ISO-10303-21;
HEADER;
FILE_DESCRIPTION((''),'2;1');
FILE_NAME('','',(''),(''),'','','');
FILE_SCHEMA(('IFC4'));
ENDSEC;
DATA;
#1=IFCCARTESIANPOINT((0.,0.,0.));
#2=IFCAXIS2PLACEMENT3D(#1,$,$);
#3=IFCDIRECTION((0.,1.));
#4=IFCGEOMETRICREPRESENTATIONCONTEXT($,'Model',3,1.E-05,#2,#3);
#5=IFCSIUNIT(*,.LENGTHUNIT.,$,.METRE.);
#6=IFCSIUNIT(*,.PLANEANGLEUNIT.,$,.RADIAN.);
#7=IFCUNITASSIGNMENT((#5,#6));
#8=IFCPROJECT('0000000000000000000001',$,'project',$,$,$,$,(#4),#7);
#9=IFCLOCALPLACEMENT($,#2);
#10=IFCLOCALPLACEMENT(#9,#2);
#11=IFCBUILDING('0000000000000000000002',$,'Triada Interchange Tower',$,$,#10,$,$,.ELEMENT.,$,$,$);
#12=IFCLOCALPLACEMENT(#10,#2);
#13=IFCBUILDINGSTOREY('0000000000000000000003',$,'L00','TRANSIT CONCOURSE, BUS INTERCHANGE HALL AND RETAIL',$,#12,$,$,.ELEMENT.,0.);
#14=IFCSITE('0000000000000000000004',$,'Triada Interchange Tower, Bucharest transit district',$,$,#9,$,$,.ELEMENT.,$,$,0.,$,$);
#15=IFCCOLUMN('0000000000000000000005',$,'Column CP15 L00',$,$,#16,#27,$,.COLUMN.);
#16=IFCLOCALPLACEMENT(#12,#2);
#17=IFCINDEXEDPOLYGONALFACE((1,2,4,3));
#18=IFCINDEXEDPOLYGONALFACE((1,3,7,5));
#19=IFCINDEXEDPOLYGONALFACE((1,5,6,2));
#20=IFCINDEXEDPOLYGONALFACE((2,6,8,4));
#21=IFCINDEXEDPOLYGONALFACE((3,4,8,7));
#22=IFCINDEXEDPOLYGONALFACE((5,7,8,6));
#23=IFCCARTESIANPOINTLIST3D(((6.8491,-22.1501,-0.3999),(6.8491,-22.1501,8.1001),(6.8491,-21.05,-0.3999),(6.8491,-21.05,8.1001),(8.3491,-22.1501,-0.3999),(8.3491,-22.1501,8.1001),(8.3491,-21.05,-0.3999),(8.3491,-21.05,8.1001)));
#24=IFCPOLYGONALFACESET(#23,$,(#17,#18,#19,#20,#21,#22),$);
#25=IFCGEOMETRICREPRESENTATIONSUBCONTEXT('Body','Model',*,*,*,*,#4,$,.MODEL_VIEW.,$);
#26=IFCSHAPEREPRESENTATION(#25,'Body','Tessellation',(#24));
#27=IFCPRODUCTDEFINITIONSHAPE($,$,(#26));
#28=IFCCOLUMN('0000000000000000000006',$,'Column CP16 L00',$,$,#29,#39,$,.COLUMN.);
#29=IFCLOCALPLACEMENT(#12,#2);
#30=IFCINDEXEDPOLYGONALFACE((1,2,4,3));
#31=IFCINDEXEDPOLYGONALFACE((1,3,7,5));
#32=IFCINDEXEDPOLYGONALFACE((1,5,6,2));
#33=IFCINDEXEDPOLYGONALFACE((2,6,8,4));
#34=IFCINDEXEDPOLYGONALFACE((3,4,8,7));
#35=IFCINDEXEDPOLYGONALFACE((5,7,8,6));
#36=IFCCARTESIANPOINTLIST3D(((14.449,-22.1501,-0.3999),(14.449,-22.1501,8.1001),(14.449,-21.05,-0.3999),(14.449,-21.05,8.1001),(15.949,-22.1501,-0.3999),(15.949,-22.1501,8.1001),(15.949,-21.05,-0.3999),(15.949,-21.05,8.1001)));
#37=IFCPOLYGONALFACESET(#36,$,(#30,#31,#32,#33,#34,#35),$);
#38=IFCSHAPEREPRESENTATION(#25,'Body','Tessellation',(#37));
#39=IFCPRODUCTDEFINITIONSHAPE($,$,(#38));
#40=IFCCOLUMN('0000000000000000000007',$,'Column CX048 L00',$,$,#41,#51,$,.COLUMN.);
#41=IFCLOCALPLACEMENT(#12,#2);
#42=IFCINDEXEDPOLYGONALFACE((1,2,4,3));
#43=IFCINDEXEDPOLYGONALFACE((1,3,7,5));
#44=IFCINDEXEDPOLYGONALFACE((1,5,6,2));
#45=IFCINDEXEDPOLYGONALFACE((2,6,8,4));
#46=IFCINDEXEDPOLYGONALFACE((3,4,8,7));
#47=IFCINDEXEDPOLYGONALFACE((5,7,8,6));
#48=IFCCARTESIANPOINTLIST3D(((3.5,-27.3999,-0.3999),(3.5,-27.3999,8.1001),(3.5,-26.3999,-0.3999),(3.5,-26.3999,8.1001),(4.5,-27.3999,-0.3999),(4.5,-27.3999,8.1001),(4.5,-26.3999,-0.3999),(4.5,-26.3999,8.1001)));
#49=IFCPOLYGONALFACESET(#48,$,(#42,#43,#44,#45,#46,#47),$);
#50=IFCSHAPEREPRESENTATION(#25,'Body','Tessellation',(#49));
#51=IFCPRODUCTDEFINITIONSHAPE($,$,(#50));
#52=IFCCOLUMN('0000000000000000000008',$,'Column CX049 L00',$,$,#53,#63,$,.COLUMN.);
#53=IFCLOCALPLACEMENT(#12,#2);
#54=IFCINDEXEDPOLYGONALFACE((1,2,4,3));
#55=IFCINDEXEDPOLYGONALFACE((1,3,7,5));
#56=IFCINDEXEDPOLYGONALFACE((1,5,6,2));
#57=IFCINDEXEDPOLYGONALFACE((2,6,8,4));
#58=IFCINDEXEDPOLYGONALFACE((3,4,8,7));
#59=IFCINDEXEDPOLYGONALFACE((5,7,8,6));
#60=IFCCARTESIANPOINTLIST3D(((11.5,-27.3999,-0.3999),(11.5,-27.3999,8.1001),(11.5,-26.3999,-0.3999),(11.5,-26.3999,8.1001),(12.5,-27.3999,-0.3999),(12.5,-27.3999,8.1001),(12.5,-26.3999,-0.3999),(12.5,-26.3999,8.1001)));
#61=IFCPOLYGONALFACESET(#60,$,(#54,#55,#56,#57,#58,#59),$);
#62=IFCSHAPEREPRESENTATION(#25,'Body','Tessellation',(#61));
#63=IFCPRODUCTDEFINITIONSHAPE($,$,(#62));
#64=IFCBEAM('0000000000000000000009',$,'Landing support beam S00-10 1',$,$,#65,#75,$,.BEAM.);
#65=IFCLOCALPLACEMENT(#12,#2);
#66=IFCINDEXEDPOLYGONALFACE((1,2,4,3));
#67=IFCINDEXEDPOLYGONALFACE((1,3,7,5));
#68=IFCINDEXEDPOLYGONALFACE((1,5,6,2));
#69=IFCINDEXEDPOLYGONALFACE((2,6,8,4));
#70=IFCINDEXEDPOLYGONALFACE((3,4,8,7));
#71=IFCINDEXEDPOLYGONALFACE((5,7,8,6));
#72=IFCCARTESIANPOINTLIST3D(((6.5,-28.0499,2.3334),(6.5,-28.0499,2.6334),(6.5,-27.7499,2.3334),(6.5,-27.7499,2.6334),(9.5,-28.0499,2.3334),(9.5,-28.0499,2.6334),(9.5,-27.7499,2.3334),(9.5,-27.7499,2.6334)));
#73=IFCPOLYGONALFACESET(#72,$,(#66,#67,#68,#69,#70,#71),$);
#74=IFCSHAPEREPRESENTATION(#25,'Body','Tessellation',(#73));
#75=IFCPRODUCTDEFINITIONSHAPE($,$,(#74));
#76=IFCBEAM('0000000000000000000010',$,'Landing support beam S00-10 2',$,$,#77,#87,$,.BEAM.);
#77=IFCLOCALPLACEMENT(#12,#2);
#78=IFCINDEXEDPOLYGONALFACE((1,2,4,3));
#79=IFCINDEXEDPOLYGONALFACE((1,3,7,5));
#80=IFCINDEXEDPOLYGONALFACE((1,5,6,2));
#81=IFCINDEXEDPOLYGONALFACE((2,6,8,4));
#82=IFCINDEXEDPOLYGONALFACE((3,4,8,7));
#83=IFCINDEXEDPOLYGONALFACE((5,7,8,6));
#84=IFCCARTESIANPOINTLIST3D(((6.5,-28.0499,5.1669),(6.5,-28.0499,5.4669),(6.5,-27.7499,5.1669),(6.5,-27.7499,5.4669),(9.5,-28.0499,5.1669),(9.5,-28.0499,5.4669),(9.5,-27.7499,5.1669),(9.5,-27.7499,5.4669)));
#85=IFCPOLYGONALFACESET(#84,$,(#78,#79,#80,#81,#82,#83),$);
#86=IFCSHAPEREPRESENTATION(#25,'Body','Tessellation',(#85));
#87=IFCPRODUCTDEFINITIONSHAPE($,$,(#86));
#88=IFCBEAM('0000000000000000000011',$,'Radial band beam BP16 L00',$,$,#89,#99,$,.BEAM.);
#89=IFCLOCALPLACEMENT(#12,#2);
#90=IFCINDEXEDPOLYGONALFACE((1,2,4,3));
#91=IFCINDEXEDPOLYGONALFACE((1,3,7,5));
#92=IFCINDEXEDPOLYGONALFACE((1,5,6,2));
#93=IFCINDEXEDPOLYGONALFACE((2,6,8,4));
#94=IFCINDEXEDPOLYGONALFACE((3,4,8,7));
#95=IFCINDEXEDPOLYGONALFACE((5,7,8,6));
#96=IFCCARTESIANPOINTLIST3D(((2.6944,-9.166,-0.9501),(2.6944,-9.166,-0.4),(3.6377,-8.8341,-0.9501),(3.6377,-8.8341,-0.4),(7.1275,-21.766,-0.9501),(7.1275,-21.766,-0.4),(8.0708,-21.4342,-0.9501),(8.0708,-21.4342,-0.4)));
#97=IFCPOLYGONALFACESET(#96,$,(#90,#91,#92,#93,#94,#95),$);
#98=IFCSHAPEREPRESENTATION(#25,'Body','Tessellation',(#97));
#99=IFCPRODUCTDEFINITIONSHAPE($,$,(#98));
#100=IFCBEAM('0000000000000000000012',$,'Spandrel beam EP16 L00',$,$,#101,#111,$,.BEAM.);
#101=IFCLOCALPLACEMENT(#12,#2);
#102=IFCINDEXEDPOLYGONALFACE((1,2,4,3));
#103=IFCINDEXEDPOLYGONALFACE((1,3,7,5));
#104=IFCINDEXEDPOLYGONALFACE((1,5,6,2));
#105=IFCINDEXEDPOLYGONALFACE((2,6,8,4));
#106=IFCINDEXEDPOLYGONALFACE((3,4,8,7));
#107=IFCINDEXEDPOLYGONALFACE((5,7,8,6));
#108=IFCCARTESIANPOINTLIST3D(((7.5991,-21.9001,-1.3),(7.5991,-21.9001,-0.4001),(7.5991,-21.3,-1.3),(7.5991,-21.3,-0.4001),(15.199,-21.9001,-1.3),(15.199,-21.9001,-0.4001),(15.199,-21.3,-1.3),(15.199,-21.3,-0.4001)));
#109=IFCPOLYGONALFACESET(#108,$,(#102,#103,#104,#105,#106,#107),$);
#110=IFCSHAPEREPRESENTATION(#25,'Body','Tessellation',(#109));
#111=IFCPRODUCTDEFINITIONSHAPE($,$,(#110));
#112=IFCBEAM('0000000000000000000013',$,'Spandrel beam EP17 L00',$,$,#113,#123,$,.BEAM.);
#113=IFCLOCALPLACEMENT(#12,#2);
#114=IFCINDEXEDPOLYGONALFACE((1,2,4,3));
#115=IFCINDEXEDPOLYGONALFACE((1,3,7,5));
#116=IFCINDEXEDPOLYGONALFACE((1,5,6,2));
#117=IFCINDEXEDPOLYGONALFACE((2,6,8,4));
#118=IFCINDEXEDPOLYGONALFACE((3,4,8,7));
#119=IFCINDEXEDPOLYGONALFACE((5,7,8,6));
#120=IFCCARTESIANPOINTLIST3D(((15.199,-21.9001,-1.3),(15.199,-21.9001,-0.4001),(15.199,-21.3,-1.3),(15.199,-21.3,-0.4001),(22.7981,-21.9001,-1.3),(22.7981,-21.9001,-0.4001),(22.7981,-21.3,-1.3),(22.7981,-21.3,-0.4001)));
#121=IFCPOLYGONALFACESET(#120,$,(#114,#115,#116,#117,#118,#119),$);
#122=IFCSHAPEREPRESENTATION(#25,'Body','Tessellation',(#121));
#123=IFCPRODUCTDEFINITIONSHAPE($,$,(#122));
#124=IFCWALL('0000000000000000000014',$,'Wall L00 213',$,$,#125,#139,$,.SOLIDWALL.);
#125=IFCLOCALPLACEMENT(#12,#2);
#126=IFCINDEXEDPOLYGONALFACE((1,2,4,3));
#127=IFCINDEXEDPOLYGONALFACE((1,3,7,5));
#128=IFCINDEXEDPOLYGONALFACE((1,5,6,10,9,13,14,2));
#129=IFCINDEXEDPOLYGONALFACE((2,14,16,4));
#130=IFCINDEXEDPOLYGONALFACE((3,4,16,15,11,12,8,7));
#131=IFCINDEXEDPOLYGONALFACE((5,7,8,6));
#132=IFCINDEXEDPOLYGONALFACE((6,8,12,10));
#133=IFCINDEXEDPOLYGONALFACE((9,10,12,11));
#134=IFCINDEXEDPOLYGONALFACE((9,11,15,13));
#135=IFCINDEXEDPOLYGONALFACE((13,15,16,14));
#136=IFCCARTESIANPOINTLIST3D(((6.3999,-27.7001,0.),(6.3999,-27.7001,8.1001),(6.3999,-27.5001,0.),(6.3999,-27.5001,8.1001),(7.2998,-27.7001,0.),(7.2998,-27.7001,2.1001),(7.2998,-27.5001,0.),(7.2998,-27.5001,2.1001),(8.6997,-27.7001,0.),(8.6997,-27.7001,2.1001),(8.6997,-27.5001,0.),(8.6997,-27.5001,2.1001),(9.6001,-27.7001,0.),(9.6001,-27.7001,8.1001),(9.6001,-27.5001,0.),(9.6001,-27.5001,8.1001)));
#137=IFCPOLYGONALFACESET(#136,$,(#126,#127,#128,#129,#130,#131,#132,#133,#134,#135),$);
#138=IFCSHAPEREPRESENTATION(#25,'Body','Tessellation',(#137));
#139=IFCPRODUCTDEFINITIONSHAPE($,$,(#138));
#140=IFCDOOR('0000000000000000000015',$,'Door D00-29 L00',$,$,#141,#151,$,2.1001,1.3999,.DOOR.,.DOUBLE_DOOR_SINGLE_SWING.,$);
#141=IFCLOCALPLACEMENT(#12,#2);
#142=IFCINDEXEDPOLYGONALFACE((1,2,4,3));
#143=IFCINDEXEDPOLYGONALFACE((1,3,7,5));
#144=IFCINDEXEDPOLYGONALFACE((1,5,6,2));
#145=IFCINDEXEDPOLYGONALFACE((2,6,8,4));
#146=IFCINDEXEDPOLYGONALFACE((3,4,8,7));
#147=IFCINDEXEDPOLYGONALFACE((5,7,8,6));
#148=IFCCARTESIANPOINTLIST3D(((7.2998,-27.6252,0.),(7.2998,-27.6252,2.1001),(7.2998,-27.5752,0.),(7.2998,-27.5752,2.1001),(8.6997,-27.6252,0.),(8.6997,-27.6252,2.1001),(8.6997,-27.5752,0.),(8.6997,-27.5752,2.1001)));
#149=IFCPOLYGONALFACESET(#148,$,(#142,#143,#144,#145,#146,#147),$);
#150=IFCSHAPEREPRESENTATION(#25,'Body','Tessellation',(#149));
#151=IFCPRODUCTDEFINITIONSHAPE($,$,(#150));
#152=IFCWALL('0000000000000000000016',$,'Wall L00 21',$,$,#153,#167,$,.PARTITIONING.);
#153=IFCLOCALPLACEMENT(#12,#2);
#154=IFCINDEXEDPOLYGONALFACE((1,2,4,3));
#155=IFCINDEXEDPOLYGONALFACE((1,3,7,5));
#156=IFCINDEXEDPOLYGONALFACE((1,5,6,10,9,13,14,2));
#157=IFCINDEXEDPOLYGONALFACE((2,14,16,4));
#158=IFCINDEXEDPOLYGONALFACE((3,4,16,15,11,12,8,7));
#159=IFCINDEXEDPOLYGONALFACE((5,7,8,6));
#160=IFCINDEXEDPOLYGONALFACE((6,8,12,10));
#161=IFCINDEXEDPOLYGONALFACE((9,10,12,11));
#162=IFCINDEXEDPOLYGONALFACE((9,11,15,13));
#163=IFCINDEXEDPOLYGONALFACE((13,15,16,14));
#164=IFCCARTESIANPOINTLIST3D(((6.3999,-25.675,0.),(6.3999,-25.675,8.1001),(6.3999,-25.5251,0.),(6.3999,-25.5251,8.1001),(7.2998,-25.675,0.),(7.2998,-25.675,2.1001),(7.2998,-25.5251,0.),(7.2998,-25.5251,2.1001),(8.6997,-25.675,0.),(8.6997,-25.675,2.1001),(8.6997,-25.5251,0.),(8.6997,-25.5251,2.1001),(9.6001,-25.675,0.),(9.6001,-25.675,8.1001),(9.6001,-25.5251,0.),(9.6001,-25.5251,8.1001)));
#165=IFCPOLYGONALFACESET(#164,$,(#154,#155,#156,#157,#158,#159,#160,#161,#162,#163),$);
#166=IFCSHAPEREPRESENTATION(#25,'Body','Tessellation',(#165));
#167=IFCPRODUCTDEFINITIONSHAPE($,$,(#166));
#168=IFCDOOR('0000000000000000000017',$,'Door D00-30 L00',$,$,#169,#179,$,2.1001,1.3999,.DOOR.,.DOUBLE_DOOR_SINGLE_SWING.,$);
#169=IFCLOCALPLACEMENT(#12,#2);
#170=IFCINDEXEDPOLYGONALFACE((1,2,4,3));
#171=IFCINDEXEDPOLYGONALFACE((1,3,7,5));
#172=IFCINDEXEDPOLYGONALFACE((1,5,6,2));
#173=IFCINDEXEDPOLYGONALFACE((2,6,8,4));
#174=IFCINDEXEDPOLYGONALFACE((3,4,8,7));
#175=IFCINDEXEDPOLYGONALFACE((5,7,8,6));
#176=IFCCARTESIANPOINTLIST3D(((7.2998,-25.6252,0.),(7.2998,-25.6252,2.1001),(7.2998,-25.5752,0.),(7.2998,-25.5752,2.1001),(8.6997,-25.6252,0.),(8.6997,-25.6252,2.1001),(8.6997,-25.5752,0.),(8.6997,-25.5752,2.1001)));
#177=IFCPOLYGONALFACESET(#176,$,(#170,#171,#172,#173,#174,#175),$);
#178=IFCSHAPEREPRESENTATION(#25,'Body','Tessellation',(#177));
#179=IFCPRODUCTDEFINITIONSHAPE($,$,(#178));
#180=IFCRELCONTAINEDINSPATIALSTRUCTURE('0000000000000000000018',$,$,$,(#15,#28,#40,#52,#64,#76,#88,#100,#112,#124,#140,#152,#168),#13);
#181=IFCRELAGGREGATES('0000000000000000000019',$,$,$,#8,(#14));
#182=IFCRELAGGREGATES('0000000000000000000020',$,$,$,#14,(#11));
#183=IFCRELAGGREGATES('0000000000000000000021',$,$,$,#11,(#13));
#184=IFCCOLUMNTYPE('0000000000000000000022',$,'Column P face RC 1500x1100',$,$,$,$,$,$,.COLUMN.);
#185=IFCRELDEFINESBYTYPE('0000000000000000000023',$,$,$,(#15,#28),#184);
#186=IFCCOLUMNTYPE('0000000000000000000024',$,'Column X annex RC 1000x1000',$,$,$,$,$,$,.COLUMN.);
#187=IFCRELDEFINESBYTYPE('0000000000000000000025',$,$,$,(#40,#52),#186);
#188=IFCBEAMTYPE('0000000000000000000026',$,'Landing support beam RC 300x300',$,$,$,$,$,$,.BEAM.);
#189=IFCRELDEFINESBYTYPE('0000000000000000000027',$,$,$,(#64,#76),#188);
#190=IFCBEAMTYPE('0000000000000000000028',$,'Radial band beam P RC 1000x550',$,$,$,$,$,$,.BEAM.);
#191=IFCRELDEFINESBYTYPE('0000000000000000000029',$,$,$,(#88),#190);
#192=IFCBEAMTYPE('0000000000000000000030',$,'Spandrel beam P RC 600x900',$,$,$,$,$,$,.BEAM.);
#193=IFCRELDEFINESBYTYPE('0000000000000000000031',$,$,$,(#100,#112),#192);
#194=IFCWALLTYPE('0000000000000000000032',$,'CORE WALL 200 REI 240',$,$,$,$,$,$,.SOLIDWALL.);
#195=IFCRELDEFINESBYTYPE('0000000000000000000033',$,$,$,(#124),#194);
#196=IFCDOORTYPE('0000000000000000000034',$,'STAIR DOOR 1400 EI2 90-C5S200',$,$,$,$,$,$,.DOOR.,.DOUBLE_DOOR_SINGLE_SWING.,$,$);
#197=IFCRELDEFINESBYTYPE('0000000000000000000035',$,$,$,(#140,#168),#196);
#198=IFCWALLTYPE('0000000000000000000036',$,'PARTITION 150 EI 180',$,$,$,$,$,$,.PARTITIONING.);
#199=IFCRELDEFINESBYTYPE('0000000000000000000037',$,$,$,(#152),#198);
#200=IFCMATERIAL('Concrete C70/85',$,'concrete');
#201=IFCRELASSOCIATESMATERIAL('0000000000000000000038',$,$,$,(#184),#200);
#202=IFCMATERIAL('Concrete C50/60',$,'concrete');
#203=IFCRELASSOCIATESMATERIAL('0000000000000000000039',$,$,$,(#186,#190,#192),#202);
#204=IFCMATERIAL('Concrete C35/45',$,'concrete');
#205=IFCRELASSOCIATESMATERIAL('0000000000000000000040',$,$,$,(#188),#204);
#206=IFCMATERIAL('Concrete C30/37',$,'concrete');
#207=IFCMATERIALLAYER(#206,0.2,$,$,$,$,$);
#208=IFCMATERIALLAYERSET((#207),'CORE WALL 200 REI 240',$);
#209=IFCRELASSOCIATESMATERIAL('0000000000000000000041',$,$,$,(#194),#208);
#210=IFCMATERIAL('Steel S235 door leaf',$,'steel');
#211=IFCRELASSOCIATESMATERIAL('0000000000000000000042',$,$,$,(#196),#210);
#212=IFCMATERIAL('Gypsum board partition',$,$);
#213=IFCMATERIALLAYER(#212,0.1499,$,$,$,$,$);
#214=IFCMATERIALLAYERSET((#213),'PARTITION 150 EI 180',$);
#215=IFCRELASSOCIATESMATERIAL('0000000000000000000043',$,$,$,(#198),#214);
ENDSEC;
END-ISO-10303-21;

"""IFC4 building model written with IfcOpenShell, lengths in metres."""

from ifc_helpers import new_model, si_unit, direction, frame, frame_2d, origin, origin_2d, place, context, subcontext, project, spatial, rectangle, extrude, material, layer, layer_set, material_profile, profile_set, type_object, element, fill, save


model = new_model("IFC4")

# Units and contexts
model_context = context("Model", 3, precision=1e-05, world=origin(), true_north=direction((0.0, 1.0)))
body_context = subcontext(model_context, "Body", "Model", "MODEL_VIEW")
ifc_project = project(units=[si_unit("LENGTHUNIT", "METRE"), si_unit("PLANEANGLEUNIT", "RADIAN")], contexts=[model_context])

# Site, building, storey
site_placement = place(None, origin())
site = spatial("IfcSite", under=ifc_project, at=site_placement, Name="Triada Interchange Tower, Bucharest transit district", CompositionType="ELEMENT", RefElevation=0.0)
building_placement = place(site_placement, origin())
building = spatial("IfcBuilding", under=site, at=building_placement, Name="Triada Interchange Tower", CompositionType="ELEMENT")
storey_placement = place(building_placement, origin())
storey = spatial("IfcBuildingStorey", under=building, at=storey_placement, Name="L00", Description="TRANSIT CONCOURSE, BUS INTERCHANGE HALL AND RETAIL", CompositionType="ELEMENT", Elevation=0.0)

# Columns
ifc_material_1 = material(Name="Concrete C70/85", Category="concrete")
ifc_material_profile_1 = material_profile(ifc_material_1, rectangle(XDim=1.5, YDim=1.1001, at=origin_2d()), Name="RC 1500x1100")
ifc_profile_set_1 = profile_set([ifc_material_profile_1], Name="Concrete C70/85")
column_type_1 = type_object("IfcColumnType", Name="Column P face RC 1500x1100", PredefinedType="COLUMN", material=ifc_profile_set_1)
for number, where, z_axis, x_axis, name in (
    (1, (7.5991, -21.6001, -0.3999), (0.0, 0.0, 1.0), (1.0, 0.0, 0.0), "Column CP15 L00"),
    (2, (15.199, -21.6001, -0.3999), (0.0, 0.0, 1.0), (1.0, 0.0, 0.0), "Column CP16 L00"),
):
    element("IfcColumn", number, at=place(storey_placement, frame(where, z_axis=z_axis, x_axis=x_axis)), inside=storey, type_object=column_type_1, Name=name, PredefinedType="COLUMN", context=body_context, shape_type="SweptSolid", body=[
        extrude(rectangle(XDim=1.5, YDim=1.1001, at=origin_2d()), origin(), (0.0, 0.0, 1.0), 8.5),
    ])
ifc_material_2 = material(Name="Concrete C50/60", Category="concrete")
ifc_material_profile_2 = material_profile(ifc_material_2, rectangle(XDim=1.0, YDim=1.0, at=origin_2d()), Name="RC 1000x1000")
ifc_profile_set_2 = profile_set([ifc_material_profile_2], Name="Concrete C50/60")
column_type_2 = type_object("IfcColumnType", Name="Column X annex RC 1000x1000", PredefinedType="COLUMN", material=ifc_profile_set_2)
for number, where, z_axis, x_axis, name in (
    (3, (4.0, -26.8999, -0.3999), (0.0, 0.0, 1.0), (1.0, 0.0, 0.0), "Column CX048 L00"),
    (4, (12.0, -26.8999, -0.3999), (0.0, 0.0, 1.0), (1.0, 0.0, 0.0), "Column CX049 L00"),
):
    element("IfcColumn", number, at=place(storey_placement, frame(where, z_axis=z_axis, x_axis=x_axis)), inside=storey, type_object=column_type_2, Name=name, PredefinedType="COLUMN", context=body_context, shape_type="SweptSolid", body=[
        extrude(rectangle(XDim=1.0, YDim=1.0, at=origin_2d()), origin(), (0.0, 0.0, 1.0), 8.5),
    ])

# Beams
ifc_material_3 = material(Name="Concrete C35/45", Category="concrete")
ifc_material_profile_3 = material_profile(ifc_material_3, rectangle(XDim=0.3, YDim=0.3, at=origin_2d()), Name="RC 300x300")
ifc_profile_set_3 = profile_set([ifc_material_profile_3], Name="Concrete C35/45")
beam_type_1 = type_object("IfcBeamType", Name="Landing support beam RC 300x300", PredefinedType="BEAM", material=ifc_profile_set_3)
for number, where, z_axis, x_axis, name in (
    (5, (9.5, -27.8999, 2.4834), (-1.0, 0.0, 0.0), (0.0, -1.0, 0.0), "Landing support beam S00-10 1"),
    (6, (9.5, -27.8999, 5.3169), (-1.0, 0.0, 0.0), (0.0, -1.0, 0.0), "Landing support beam S00-10 2"),
):
    element("IfcBeam", number, at=place(storey_placement, frame(where, z_axis=z_axis, x_axis=x_axis)), inside=storey, type_object=beam_type_1, Name=name, PredefinedType="BEAM", context=body_context, shape_type="SweptSolid", body=[
        extrude(rectangle(XDim=0.3, YDim=0.3, at=origin_2d()), origin(), (0.0, 0.0, 1.0), 3.0),
    ])
ifc_material_profile_4 = material_profile(ifc_material_2, rectangle(XDim=1.0, YDim=0.55, at=origin_2d()), Name="RC 1000x550")
ifc_profile_set_4 = profile_set([ifc_material_profile_4], Name="Concrete C50/60")
beam_type_2 = type_object("IfcBeamType", Name="Radial band beam P RC 1000x550", PredefinedType="BEAM", material=ifc_profile_set_4)
beam_1_placement = place(storey_placement, frame((7.5991, -21.6001, -0.675), z_axis=(-0.331889, 0.943319, 0.0), x_axis=(-0.943319, -0.331889, 0.0)))
element("IfcBeam", 7, at=beam_1_placement, inside=storey, type_object=beam_type_2, Name="Radial band beam BP16 L00", PredefinedType="BEAM", context=body_context, shape_type="SweptSolid", body=[
    extrude(rectangle(XDim=1.0, YDim=0.55, at=origin_2d()), origin(), (0.0, 0.0, 1.0), 13.3572),
])
ifc_material_profile_5 = material_profile(ifc_material_2, rectangle(XDim=0.6001, YDim=0.8999, at=origin_2d()), Name="RC 600x900")
ifc_profile_set_5 = profile_set([ifc_material_profile_5], Name="Concrete C50/60")
beam_type_3 = type_object("IfcBeamType", Name="Spandrel beam P RC 600x900", PredefinedType="BEAM", material=ifc_profile_set_5)
beam_2_placement = place(storey_placement, frame((7.5991, -21.6001, -0.8501), z_axis=(1.0, 0.0, 0.0), x_axis=(0.0, 1.0, 0.0)))
element("IfcBeam", 8, at=beam_2_placement, inside=storey, type_object=beam_type_3, Name="Spandrel beam EP16 L00", PredefinedType="BEAM", context=body_context, shape_type="SweptSolid", body=[
    extrude(rectangle(XDim=0.6001, YDim=0.8999, at=origin_2d()), origin(), (0.0, 0.0, 1.0), 7.5999),
])
beam_3_placement = place(storey_placement, frame((15.199, -21.6001, -0.8501), z_axis=(1.0, 0.0, 0.0), x_axis=(0.0, 1.0, 0.0)))
element("IfcBeam", 9, at=beam_3_placement, inside=storey, type_object=beam_type_3, Name="Spandrel beam EP17 L00", PredefinedType="BEAM", context=body_context, shape_type="SweptSolid", body=[
    extrude(rectangle(XDim=0.6001, YDim=0.8999, at=origin_2d()), origin(), (0.0, 0.0, 1.0), 7.5991),
])

# Walls, openings, doors
ifc_material_4 = material(Name="Concrete C30/37", Category="concrete")
ifc_layer_1 = layer(ifc_material_4, 0.2)
ifc_layer_set_1 = layer_set([ifc_layer_1], Name="CORE WALL 200 REI 240")
wall_type_1 = type_object("IfcWallType", Name="CORE WALL 200 REI 240", PredefinedType="SOLIDWALL", material=ifc_layer_set_1)
wall_1_placement = place(storey_placement, frame((6.3999, -27.6001, 0.0), z_axis=(0.0, 0.0, 1.0), x_axis=(1.0, 0.0, 0.0)))
wall_1 = element("IfcWall", 10, at=wall_1_placement, inside=storey, type_object=wall_type_1, Name="Wall L00 213", PredefinedType="SOLIDWALL", context=body_context, shape_type="SweptSolid", body=[
    extrude(rectangle(XDim=3.2002, YDim=0.2, at=frame_2d((1.6001, 0.0))), origin(), (0.0, 0.0, 1.0), 8.1001),
])
opening_1_placement = place(wall_1_placement, frame((0.8999, 0.0, 0.0)))
opening_1 = element("IfcOpeningElement", 11, at=opening_1_placement, cuts=wall_1, PredefinedType="OPENING", context=body_context, shape_type="SweptSolid", body=[
    extrude(rectangle(XDim=1.3999, YDim=2.1001, at=frame_2d((0.7, 1.05))), frame((0.0, 0.1099, 0.0), z_axis=(0.0, -1.0, 0.0), x_axis=(1.0, 0.0, 0.0)), (0.0, 0.0, 1.0), 0.22),
])
ifc_material_5 = material(Name="Steel S235 door leaf", Category="steel")
door_type_1 = type_object("IfcDoorType", Name="STAIR DOOR 1400 EI2 90-C5S200", OperationType="DOUBLE_DOOR_SINGLE_SWING", PredefinedType="DOOR", material=ifc_material_5)
door_1_placement = place(opening_1_placement, origin())
door_1 = element("IfcDoor", 12, at=door_1_placement, inside=storey, type_object=door_type_1, Name="Door D00-29 L00", OperationType="DOUBLE_DOOR_SINGLE_SWING", OverallHeight=2.1001, OverallWidth=1.3999, PredefinedType="DOOR", context=body_context, shape_type="SweptSolid", body=[
    extrude(rectangle(XDim=1.3999, YDim=2.1001, at=frame_2d((0.7, 1.05))), frame((0.0, 0.0249, 0.0), z_axis=(0.0, -1.0, 0.0), x_axis=(1.0, 0.0, 0.0)), (0.0, 0.0, 1.0), 0.05),
])
fill(opening_1, door_1)
ifc_material_6 = material(Name="Gypsum board partition")
ifc_layer_2 = layer(ifc_material_6, 0.1499)
ifc_layer_set_2 = layer_set([ifc_layer_2], Name="PARTITION 150 EI 180")
wall_type_2 = type_object("IfcWallType", Name="PARTITION 150 EI 180", PredefinedType="PARTITIONING", material=ifc_layer_set_2)
wall_2_placement = place(storey_placement, frame((6.3999, -25.6001, 0.0), z_axis=(0.0, 0.0, 1.0), x_axis=(1.0, 0.0, 0.0)))
wall_2 = element("IfcWall", 13, at=wall_2_placement, inside=storey, type_object=wall_type_2, Name="Wall L00 21", PredefinedType="PARTITIONING", context=body_context, shape_type="SweptSolid", body=[
    extrude(rectangle(XDim=3.2002, YDim=0.1499, at=frame_2d((1.6001, 0.0))), origin(), (0.0, 0.0, 1.0), 8.1001),
])
opening_2_placement = place(wall_2_placement, frame((0.8999, 0.0, 0.0)))
opening_2 = element("IfcOpeningElement", 14, at=opening_2_placement, cuts=wall_2, PredefinedType="OPENING", context=body_context, shape_type="SweptSolid", body=[
    extrude(rectangle(XDim=1.3999, YDim=2.1001, at=frame_2d((0.7, 1.05))), frame((0.0, 0.085, 0.0), z_axis=(0.0, -1.0, 0.0), x_axis=(1.0, 0.0, 0.0)), (0.0, 0.0, 1.0), 0.1699),
])
door_2_placement = place(opening_2_placement, origin())
door_2 = element("IfcDoor", 15, at=door_2_placement, inside=storey, type_object=door_type_1, Name="Door D00-30 L00", OperationType="DOUBLE_DOOR_SINGLE_SWING", OverallHeight=2.1001, OverallWidth=1.3999, PredefinedType="DOOR", context=body_context, shape_type="SweptSolid", body=[
    extrude(rectangle(XDim=1.3999, YDim=2.1001, at=frame_2d((0.7, 1.05))), frame((0.0, 0.0249, 0.0), z_axis=(0.0, -1.0, 0.0), x_axis=(1.0, 0.0, 0.0)), (0.0, 0.0, 1.0), 0.05),
])
fill(opening_2, door_2)

save(model, "model.ifc")
